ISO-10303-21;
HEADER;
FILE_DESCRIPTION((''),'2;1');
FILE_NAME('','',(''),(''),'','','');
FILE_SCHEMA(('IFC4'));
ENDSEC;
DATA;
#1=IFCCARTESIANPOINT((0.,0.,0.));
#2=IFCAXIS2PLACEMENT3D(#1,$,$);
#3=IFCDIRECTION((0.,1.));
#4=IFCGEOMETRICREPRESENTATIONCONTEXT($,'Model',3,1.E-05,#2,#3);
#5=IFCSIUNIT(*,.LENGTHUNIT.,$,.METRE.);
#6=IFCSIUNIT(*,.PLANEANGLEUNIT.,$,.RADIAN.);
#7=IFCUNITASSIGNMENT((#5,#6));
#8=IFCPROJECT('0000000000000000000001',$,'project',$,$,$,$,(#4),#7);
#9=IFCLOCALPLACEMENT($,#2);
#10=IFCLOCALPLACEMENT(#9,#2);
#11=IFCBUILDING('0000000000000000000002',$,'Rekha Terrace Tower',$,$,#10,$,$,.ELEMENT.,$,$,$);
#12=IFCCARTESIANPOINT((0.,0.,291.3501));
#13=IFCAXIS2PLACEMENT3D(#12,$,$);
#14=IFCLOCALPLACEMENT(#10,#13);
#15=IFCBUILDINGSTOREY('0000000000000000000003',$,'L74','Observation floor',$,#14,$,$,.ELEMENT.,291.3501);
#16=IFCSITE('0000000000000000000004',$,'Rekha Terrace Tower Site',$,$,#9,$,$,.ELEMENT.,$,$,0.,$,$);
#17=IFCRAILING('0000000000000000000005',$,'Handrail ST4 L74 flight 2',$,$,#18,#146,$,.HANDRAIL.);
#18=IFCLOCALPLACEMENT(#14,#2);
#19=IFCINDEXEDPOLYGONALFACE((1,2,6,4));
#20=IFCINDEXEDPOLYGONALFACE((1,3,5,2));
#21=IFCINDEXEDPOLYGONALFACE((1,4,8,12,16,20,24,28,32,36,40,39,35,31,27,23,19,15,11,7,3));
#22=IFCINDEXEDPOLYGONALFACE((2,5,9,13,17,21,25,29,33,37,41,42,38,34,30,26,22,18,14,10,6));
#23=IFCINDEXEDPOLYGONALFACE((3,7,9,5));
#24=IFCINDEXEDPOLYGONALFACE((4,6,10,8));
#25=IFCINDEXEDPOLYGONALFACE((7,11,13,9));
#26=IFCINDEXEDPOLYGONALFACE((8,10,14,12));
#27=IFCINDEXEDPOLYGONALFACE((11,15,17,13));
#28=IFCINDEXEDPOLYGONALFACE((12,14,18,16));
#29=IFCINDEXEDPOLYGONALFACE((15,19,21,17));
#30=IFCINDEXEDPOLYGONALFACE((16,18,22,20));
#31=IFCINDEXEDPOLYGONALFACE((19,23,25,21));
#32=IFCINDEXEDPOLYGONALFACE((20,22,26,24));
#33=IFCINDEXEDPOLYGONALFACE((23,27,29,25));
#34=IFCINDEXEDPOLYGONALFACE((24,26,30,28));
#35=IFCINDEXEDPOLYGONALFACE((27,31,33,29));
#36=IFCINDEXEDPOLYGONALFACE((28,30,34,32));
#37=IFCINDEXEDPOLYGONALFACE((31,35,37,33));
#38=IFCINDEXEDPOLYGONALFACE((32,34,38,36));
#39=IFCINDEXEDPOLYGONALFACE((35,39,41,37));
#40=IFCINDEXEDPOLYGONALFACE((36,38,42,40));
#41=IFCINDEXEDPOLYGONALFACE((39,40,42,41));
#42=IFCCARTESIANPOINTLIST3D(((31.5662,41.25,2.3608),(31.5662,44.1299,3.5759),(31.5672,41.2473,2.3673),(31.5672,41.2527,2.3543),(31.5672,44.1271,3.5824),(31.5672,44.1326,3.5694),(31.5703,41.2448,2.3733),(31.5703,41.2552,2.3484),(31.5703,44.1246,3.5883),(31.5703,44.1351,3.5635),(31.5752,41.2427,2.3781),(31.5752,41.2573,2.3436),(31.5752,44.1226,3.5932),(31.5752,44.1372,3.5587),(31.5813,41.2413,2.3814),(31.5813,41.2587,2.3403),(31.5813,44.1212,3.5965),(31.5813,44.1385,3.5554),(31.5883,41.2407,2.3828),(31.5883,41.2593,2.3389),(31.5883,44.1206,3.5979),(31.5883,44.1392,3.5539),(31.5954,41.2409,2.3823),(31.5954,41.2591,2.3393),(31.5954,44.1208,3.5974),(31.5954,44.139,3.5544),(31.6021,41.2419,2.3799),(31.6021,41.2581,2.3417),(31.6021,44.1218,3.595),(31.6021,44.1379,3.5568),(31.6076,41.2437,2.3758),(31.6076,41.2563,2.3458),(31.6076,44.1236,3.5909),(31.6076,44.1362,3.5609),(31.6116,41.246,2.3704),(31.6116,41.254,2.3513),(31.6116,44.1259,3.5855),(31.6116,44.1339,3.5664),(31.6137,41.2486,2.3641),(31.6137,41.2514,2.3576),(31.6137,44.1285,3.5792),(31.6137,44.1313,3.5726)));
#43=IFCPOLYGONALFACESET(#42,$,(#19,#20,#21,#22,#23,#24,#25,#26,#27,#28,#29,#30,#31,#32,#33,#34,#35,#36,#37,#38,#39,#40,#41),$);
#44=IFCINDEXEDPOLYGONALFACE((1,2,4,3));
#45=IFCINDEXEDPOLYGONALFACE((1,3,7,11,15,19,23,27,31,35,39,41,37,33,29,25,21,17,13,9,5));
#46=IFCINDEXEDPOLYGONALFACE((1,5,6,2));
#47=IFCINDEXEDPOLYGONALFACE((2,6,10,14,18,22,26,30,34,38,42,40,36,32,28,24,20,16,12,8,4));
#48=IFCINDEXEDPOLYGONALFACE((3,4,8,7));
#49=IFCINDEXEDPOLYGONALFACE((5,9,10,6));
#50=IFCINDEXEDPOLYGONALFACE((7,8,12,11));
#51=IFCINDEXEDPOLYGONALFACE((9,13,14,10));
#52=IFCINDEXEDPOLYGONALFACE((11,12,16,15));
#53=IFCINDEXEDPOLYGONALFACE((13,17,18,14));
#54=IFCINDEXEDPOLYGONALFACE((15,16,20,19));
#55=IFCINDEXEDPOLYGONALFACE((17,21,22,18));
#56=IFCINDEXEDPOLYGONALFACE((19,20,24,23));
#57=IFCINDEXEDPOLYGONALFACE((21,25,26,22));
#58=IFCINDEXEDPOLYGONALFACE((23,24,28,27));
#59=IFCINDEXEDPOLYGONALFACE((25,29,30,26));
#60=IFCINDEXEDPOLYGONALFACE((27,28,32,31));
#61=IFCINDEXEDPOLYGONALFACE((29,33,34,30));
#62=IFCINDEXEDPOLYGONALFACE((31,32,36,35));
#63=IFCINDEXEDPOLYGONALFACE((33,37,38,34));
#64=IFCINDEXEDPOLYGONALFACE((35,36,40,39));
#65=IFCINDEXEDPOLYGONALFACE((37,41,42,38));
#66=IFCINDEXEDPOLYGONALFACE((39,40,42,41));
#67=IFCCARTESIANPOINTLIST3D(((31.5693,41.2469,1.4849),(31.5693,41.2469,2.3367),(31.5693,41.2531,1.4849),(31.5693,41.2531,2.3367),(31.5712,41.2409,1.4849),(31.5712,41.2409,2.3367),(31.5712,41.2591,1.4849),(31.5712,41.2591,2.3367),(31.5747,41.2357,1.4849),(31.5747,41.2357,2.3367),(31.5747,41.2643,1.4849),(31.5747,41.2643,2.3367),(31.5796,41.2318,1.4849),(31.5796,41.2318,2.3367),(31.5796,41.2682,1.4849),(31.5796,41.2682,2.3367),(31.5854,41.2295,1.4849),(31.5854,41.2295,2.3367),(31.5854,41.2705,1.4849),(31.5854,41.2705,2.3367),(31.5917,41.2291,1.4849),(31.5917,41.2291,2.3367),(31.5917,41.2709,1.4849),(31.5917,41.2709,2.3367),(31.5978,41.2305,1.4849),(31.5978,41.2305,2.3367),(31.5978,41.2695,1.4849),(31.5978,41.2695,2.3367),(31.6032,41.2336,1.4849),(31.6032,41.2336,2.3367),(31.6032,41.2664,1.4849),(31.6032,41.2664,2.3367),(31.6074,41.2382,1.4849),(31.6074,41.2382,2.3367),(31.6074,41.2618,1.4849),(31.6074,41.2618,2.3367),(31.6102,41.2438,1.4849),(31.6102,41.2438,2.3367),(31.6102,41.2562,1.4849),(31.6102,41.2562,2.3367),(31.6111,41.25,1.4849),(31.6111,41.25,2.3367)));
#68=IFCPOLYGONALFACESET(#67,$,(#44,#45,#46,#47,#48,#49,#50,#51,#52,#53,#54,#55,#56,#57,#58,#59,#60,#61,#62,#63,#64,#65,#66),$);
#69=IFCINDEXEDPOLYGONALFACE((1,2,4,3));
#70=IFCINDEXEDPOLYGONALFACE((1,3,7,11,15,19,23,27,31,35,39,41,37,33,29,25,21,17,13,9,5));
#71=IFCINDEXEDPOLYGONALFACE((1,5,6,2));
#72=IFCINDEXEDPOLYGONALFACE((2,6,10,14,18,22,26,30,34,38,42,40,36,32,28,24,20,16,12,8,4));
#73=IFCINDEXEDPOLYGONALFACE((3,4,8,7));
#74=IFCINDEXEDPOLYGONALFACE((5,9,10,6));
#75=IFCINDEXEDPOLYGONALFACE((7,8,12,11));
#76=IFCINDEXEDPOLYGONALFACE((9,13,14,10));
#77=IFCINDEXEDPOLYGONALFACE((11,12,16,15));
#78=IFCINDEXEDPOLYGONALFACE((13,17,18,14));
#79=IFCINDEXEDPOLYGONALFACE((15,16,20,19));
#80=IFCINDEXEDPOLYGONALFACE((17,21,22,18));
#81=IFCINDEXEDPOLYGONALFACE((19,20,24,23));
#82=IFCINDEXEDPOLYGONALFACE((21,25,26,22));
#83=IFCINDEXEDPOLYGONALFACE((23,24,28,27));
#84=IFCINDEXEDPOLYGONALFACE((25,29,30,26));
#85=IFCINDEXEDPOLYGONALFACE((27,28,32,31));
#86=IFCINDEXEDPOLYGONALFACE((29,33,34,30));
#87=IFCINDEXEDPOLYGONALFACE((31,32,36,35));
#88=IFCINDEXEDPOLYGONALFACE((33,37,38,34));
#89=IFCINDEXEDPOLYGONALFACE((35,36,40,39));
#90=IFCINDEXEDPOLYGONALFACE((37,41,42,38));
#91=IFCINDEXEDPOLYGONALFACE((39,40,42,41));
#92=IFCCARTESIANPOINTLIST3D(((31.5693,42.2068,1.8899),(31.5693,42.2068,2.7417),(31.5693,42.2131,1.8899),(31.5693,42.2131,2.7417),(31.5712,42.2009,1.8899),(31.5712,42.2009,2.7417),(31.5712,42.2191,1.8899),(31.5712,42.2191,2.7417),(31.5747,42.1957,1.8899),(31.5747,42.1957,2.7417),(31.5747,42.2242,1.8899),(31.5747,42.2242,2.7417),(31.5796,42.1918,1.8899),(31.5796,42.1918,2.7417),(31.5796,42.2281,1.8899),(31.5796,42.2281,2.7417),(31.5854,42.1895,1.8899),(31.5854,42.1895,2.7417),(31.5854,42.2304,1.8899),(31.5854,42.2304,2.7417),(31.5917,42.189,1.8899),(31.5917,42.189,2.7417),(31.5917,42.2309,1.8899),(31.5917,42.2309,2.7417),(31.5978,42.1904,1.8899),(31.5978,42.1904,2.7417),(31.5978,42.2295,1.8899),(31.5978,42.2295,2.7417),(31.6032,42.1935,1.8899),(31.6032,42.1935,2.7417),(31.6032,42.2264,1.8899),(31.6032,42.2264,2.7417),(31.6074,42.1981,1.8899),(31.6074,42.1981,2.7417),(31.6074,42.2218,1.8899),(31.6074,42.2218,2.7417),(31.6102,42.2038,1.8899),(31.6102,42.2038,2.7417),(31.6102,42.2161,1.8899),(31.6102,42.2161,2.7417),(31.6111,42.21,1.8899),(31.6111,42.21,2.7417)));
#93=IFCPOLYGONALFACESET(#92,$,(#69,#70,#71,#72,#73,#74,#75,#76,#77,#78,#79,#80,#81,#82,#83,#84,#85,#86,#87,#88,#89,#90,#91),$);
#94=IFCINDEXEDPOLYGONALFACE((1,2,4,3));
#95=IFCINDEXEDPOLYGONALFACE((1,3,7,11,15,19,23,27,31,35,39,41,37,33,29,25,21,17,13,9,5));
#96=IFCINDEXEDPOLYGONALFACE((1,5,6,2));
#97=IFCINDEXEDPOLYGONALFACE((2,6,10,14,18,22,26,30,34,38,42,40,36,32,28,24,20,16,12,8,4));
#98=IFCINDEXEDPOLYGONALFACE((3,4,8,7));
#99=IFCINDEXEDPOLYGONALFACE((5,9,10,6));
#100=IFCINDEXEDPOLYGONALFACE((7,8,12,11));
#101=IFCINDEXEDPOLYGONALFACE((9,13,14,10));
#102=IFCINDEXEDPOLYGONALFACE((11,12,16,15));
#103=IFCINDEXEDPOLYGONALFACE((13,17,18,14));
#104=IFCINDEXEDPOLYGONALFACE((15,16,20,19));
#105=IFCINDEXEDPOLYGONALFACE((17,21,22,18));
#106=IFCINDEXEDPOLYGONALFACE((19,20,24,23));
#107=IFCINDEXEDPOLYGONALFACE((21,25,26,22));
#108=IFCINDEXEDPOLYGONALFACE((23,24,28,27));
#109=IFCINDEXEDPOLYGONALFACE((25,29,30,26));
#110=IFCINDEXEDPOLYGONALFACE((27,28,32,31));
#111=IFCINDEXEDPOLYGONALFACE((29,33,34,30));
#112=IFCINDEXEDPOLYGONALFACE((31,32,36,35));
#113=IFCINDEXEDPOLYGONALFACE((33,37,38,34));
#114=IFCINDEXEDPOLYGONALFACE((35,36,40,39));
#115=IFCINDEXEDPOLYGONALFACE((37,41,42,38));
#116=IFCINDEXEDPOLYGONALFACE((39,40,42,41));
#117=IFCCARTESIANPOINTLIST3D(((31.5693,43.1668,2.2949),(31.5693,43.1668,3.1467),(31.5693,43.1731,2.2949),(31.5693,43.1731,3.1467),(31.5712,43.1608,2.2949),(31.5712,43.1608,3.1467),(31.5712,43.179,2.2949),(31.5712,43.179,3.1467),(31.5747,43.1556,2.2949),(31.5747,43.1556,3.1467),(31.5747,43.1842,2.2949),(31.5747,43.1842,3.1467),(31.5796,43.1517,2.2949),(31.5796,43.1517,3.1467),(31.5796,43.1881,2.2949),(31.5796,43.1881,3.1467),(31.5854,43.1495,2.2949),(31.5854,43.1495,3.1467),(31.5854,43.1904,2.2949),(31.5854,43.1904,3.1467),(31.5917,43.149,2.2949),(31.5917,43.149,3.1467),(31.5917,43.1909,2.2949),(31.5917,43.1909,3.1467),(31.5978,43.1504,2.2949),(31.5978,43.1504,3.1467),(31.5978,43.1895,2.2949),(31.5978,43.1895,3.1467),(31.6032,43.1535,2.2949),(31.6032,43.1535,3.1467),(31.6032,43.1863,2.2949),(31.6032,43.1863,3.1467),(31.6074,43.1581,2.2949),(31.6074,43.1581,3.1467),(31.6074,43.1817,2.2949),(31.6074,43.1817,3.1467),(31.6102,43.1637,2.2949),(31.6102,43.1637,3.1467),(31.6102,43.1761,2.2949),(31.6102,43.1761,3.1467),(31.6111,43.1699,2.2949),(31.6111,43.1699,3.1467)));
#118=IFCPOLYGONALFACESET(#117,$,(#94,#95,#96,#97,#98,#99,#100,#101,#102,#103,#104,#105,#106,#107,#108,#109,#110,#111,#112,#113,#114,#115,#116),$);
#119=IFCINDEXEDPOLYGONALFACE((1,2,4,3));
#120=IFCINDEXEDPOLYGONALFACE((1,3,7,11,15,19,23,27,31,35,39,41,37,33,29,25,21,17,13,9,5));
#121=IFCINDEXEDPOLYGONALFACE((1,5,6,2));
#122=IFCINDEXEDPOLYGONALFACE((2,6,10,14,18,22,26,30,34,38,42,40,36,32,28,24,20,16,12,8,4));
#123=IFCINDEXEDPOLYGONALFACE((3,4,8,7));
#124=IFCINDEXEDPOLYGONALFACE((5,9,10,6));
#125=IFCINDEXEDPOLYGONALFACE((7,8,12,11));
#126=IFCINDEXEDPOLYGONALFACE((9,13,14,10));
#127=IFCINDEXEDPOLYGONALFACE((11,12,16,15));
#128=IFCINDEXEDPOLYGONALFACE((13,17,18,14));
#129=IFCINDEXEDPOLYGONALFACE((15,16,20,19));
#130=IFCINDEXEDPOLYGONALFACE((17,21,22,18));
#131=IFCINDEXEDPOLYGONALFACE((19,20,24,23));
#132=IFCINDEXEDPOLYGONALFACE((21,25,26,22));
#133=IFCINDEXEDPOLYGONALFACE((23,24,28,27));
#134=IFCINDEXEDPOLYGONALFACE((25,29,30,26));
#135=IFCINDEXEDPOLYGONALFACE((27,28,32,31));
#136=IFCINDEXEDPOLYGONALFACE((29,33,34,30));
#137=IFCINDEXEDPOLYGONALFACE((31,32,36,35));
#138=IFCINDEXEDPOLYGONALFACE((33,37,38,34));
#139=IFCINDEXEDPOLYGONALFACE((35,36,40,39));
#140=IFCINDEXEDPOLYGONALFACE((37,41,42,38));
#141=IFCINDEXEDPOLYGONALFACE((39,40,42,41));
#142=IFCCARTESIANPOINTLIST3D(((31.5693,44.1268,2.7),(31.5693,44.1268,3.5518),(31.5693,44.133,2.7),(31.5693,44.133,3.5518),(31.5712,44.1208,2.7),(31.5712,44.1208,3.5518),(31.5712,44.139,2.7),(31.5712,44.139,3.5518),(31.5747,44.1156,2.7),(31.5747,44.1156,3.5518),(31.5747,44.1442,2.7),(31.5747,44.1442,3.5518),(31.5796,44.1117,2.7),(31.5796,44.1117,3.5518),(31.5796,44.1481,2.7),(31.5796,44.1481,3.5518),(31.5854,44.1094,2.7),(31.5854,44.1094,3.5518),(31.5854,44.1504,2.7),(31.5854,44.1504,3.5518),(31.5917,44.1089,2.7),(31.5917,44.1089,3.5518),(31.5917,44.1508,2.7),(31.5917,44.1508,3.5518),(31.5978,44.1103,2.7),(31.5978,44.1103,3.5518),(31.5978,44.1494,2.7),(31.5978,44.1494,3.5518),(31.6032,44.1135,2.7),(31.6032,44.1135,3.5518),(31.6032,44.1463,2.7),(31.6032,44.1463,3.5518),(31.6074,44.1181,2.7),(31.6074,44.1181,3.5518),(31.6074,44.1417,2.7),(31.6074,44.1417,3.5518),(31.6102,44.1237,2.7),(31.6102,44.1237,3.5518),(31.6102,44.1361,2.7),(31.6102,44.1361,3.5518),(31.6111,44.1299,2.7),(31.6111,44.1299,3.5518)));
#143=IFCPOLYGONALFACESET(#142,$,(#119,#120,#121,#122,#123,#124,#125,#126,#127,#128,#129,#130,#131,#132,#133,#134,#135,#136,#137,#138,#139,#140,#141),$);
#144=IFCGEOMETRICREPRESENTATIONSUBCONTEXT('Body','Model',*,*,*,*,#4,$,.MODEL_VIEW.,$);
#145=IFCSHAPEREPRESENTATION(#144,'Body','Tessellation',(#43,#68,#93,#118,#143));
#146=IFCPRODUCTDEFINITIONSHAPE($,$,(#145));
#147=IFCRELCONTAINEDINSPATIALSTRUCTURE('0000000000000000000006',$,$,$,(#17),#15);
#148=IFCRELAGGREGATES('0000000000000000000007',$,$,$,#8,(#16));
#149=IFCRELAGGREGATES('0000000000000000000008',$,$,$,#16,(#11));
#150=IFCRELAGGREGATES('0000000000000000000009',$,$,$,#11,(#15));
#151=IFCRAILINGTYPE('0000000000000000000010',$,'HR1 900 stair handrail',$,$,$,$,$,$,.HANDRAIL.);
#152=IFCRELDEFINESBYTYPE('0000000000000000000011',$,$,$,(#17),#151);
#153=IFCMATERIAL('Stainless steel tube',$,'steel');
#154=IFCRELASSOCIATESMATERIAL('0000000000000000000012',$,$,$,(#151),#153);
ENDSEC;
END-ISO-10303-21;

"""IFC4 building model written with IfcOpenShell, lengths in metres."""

from ifc_helpers import new_model, si_unit, direction, frame, origin, origin_2d, place, context, subcontext, project, spatial, circle, extrude, material, type_object, element, save


model = new_model("IFC4")

# Units and contexts
model_context = context("Model", 3, precision=1e-05, world=origin(), true_north=direction((0.0, 1.0)))
body_context = subcontext(model_context, "Body", "Model", "MODEL_VIEW")
ifc_project = project(units=[si_unit("LENGTHUNIT", "METRE"), si_unit("PLANEANGLEUNIT", "RADIAN")], contexts=[model_context])

# Site, building, storey
site_placement = place(None, origin())
site = spatial("IfcSite", under=ifc_project, at=site_placement, Name="Rekha Terrace Tower Site", CompositionType="ELEMENT", RefElevation=0.0)
building_placement = place(site_placement, origin())
building = spatial("IfcBuilding", under=site, at=building_placement, Name="Rekha Terrace Tower", CompositionType="ELEMENT")
storey_placement = place(building_placement, frame((0.0, 0.0, 291.3501)))
storey = spatial("IfcBuildingStorey", under=building, at=storey_placement, Name="L74", Description="Observation floor", CompositionType="ELEMENT", Elevation=291.3501)

# Railing
ifc_material_1 = material(Name="Stainless steel tube", Category="steel")
railing_type_1 = type_object("IfcRailingType", Name="HR1 900 stair handrail", PredefinedType="HANDRAIL", material=ifc_material_1)
railing_1_placement = place(storey_placement, frame((31.5901, 41.25, 1.4849)))
element("IfcRailing", 1, at=railing_1_placement, inside=storey, type_object=railing_type_1, Name="Handrail ST4 L74 flight 2", PredefinedType="HANDRAIL", context=body_context, shape_type="SweptSolid", body=[
    extrude(circle(Radius=0.0239, at=origin_2d()), frame((0.0, 0.0, 0.876), z_axis=(0.0, 0.921348, 0.388738), x_axis=(-1.0, 0.0, 0.0)), (0.0, 0.0, 1.0), 3.1257),
    extrude(circle(Radius=0.021, at=origin_2d()), origin(), (0.0, 0.0, 1.0), 0.8518),
    extrude(circle(Radius=0.021, at=origin_2d()), frame((0.0, 0.96, 0.405)), (0.0, 0.0, 1.0), 0.8518),
    extrude(circle(Radius=0.021, at=origin_2d()), frame((0.0, 1.9199, 0.8101)), (0.0, 0.0, 1.0), 0.8518),
    extrude(circle(Radius=0.021, at=origin_2d()), frame((0.0, 2.8799, 1.2151)), (0.0, 0.0, 1.0), 0.8518),
])

save(model, "model.ifc")
